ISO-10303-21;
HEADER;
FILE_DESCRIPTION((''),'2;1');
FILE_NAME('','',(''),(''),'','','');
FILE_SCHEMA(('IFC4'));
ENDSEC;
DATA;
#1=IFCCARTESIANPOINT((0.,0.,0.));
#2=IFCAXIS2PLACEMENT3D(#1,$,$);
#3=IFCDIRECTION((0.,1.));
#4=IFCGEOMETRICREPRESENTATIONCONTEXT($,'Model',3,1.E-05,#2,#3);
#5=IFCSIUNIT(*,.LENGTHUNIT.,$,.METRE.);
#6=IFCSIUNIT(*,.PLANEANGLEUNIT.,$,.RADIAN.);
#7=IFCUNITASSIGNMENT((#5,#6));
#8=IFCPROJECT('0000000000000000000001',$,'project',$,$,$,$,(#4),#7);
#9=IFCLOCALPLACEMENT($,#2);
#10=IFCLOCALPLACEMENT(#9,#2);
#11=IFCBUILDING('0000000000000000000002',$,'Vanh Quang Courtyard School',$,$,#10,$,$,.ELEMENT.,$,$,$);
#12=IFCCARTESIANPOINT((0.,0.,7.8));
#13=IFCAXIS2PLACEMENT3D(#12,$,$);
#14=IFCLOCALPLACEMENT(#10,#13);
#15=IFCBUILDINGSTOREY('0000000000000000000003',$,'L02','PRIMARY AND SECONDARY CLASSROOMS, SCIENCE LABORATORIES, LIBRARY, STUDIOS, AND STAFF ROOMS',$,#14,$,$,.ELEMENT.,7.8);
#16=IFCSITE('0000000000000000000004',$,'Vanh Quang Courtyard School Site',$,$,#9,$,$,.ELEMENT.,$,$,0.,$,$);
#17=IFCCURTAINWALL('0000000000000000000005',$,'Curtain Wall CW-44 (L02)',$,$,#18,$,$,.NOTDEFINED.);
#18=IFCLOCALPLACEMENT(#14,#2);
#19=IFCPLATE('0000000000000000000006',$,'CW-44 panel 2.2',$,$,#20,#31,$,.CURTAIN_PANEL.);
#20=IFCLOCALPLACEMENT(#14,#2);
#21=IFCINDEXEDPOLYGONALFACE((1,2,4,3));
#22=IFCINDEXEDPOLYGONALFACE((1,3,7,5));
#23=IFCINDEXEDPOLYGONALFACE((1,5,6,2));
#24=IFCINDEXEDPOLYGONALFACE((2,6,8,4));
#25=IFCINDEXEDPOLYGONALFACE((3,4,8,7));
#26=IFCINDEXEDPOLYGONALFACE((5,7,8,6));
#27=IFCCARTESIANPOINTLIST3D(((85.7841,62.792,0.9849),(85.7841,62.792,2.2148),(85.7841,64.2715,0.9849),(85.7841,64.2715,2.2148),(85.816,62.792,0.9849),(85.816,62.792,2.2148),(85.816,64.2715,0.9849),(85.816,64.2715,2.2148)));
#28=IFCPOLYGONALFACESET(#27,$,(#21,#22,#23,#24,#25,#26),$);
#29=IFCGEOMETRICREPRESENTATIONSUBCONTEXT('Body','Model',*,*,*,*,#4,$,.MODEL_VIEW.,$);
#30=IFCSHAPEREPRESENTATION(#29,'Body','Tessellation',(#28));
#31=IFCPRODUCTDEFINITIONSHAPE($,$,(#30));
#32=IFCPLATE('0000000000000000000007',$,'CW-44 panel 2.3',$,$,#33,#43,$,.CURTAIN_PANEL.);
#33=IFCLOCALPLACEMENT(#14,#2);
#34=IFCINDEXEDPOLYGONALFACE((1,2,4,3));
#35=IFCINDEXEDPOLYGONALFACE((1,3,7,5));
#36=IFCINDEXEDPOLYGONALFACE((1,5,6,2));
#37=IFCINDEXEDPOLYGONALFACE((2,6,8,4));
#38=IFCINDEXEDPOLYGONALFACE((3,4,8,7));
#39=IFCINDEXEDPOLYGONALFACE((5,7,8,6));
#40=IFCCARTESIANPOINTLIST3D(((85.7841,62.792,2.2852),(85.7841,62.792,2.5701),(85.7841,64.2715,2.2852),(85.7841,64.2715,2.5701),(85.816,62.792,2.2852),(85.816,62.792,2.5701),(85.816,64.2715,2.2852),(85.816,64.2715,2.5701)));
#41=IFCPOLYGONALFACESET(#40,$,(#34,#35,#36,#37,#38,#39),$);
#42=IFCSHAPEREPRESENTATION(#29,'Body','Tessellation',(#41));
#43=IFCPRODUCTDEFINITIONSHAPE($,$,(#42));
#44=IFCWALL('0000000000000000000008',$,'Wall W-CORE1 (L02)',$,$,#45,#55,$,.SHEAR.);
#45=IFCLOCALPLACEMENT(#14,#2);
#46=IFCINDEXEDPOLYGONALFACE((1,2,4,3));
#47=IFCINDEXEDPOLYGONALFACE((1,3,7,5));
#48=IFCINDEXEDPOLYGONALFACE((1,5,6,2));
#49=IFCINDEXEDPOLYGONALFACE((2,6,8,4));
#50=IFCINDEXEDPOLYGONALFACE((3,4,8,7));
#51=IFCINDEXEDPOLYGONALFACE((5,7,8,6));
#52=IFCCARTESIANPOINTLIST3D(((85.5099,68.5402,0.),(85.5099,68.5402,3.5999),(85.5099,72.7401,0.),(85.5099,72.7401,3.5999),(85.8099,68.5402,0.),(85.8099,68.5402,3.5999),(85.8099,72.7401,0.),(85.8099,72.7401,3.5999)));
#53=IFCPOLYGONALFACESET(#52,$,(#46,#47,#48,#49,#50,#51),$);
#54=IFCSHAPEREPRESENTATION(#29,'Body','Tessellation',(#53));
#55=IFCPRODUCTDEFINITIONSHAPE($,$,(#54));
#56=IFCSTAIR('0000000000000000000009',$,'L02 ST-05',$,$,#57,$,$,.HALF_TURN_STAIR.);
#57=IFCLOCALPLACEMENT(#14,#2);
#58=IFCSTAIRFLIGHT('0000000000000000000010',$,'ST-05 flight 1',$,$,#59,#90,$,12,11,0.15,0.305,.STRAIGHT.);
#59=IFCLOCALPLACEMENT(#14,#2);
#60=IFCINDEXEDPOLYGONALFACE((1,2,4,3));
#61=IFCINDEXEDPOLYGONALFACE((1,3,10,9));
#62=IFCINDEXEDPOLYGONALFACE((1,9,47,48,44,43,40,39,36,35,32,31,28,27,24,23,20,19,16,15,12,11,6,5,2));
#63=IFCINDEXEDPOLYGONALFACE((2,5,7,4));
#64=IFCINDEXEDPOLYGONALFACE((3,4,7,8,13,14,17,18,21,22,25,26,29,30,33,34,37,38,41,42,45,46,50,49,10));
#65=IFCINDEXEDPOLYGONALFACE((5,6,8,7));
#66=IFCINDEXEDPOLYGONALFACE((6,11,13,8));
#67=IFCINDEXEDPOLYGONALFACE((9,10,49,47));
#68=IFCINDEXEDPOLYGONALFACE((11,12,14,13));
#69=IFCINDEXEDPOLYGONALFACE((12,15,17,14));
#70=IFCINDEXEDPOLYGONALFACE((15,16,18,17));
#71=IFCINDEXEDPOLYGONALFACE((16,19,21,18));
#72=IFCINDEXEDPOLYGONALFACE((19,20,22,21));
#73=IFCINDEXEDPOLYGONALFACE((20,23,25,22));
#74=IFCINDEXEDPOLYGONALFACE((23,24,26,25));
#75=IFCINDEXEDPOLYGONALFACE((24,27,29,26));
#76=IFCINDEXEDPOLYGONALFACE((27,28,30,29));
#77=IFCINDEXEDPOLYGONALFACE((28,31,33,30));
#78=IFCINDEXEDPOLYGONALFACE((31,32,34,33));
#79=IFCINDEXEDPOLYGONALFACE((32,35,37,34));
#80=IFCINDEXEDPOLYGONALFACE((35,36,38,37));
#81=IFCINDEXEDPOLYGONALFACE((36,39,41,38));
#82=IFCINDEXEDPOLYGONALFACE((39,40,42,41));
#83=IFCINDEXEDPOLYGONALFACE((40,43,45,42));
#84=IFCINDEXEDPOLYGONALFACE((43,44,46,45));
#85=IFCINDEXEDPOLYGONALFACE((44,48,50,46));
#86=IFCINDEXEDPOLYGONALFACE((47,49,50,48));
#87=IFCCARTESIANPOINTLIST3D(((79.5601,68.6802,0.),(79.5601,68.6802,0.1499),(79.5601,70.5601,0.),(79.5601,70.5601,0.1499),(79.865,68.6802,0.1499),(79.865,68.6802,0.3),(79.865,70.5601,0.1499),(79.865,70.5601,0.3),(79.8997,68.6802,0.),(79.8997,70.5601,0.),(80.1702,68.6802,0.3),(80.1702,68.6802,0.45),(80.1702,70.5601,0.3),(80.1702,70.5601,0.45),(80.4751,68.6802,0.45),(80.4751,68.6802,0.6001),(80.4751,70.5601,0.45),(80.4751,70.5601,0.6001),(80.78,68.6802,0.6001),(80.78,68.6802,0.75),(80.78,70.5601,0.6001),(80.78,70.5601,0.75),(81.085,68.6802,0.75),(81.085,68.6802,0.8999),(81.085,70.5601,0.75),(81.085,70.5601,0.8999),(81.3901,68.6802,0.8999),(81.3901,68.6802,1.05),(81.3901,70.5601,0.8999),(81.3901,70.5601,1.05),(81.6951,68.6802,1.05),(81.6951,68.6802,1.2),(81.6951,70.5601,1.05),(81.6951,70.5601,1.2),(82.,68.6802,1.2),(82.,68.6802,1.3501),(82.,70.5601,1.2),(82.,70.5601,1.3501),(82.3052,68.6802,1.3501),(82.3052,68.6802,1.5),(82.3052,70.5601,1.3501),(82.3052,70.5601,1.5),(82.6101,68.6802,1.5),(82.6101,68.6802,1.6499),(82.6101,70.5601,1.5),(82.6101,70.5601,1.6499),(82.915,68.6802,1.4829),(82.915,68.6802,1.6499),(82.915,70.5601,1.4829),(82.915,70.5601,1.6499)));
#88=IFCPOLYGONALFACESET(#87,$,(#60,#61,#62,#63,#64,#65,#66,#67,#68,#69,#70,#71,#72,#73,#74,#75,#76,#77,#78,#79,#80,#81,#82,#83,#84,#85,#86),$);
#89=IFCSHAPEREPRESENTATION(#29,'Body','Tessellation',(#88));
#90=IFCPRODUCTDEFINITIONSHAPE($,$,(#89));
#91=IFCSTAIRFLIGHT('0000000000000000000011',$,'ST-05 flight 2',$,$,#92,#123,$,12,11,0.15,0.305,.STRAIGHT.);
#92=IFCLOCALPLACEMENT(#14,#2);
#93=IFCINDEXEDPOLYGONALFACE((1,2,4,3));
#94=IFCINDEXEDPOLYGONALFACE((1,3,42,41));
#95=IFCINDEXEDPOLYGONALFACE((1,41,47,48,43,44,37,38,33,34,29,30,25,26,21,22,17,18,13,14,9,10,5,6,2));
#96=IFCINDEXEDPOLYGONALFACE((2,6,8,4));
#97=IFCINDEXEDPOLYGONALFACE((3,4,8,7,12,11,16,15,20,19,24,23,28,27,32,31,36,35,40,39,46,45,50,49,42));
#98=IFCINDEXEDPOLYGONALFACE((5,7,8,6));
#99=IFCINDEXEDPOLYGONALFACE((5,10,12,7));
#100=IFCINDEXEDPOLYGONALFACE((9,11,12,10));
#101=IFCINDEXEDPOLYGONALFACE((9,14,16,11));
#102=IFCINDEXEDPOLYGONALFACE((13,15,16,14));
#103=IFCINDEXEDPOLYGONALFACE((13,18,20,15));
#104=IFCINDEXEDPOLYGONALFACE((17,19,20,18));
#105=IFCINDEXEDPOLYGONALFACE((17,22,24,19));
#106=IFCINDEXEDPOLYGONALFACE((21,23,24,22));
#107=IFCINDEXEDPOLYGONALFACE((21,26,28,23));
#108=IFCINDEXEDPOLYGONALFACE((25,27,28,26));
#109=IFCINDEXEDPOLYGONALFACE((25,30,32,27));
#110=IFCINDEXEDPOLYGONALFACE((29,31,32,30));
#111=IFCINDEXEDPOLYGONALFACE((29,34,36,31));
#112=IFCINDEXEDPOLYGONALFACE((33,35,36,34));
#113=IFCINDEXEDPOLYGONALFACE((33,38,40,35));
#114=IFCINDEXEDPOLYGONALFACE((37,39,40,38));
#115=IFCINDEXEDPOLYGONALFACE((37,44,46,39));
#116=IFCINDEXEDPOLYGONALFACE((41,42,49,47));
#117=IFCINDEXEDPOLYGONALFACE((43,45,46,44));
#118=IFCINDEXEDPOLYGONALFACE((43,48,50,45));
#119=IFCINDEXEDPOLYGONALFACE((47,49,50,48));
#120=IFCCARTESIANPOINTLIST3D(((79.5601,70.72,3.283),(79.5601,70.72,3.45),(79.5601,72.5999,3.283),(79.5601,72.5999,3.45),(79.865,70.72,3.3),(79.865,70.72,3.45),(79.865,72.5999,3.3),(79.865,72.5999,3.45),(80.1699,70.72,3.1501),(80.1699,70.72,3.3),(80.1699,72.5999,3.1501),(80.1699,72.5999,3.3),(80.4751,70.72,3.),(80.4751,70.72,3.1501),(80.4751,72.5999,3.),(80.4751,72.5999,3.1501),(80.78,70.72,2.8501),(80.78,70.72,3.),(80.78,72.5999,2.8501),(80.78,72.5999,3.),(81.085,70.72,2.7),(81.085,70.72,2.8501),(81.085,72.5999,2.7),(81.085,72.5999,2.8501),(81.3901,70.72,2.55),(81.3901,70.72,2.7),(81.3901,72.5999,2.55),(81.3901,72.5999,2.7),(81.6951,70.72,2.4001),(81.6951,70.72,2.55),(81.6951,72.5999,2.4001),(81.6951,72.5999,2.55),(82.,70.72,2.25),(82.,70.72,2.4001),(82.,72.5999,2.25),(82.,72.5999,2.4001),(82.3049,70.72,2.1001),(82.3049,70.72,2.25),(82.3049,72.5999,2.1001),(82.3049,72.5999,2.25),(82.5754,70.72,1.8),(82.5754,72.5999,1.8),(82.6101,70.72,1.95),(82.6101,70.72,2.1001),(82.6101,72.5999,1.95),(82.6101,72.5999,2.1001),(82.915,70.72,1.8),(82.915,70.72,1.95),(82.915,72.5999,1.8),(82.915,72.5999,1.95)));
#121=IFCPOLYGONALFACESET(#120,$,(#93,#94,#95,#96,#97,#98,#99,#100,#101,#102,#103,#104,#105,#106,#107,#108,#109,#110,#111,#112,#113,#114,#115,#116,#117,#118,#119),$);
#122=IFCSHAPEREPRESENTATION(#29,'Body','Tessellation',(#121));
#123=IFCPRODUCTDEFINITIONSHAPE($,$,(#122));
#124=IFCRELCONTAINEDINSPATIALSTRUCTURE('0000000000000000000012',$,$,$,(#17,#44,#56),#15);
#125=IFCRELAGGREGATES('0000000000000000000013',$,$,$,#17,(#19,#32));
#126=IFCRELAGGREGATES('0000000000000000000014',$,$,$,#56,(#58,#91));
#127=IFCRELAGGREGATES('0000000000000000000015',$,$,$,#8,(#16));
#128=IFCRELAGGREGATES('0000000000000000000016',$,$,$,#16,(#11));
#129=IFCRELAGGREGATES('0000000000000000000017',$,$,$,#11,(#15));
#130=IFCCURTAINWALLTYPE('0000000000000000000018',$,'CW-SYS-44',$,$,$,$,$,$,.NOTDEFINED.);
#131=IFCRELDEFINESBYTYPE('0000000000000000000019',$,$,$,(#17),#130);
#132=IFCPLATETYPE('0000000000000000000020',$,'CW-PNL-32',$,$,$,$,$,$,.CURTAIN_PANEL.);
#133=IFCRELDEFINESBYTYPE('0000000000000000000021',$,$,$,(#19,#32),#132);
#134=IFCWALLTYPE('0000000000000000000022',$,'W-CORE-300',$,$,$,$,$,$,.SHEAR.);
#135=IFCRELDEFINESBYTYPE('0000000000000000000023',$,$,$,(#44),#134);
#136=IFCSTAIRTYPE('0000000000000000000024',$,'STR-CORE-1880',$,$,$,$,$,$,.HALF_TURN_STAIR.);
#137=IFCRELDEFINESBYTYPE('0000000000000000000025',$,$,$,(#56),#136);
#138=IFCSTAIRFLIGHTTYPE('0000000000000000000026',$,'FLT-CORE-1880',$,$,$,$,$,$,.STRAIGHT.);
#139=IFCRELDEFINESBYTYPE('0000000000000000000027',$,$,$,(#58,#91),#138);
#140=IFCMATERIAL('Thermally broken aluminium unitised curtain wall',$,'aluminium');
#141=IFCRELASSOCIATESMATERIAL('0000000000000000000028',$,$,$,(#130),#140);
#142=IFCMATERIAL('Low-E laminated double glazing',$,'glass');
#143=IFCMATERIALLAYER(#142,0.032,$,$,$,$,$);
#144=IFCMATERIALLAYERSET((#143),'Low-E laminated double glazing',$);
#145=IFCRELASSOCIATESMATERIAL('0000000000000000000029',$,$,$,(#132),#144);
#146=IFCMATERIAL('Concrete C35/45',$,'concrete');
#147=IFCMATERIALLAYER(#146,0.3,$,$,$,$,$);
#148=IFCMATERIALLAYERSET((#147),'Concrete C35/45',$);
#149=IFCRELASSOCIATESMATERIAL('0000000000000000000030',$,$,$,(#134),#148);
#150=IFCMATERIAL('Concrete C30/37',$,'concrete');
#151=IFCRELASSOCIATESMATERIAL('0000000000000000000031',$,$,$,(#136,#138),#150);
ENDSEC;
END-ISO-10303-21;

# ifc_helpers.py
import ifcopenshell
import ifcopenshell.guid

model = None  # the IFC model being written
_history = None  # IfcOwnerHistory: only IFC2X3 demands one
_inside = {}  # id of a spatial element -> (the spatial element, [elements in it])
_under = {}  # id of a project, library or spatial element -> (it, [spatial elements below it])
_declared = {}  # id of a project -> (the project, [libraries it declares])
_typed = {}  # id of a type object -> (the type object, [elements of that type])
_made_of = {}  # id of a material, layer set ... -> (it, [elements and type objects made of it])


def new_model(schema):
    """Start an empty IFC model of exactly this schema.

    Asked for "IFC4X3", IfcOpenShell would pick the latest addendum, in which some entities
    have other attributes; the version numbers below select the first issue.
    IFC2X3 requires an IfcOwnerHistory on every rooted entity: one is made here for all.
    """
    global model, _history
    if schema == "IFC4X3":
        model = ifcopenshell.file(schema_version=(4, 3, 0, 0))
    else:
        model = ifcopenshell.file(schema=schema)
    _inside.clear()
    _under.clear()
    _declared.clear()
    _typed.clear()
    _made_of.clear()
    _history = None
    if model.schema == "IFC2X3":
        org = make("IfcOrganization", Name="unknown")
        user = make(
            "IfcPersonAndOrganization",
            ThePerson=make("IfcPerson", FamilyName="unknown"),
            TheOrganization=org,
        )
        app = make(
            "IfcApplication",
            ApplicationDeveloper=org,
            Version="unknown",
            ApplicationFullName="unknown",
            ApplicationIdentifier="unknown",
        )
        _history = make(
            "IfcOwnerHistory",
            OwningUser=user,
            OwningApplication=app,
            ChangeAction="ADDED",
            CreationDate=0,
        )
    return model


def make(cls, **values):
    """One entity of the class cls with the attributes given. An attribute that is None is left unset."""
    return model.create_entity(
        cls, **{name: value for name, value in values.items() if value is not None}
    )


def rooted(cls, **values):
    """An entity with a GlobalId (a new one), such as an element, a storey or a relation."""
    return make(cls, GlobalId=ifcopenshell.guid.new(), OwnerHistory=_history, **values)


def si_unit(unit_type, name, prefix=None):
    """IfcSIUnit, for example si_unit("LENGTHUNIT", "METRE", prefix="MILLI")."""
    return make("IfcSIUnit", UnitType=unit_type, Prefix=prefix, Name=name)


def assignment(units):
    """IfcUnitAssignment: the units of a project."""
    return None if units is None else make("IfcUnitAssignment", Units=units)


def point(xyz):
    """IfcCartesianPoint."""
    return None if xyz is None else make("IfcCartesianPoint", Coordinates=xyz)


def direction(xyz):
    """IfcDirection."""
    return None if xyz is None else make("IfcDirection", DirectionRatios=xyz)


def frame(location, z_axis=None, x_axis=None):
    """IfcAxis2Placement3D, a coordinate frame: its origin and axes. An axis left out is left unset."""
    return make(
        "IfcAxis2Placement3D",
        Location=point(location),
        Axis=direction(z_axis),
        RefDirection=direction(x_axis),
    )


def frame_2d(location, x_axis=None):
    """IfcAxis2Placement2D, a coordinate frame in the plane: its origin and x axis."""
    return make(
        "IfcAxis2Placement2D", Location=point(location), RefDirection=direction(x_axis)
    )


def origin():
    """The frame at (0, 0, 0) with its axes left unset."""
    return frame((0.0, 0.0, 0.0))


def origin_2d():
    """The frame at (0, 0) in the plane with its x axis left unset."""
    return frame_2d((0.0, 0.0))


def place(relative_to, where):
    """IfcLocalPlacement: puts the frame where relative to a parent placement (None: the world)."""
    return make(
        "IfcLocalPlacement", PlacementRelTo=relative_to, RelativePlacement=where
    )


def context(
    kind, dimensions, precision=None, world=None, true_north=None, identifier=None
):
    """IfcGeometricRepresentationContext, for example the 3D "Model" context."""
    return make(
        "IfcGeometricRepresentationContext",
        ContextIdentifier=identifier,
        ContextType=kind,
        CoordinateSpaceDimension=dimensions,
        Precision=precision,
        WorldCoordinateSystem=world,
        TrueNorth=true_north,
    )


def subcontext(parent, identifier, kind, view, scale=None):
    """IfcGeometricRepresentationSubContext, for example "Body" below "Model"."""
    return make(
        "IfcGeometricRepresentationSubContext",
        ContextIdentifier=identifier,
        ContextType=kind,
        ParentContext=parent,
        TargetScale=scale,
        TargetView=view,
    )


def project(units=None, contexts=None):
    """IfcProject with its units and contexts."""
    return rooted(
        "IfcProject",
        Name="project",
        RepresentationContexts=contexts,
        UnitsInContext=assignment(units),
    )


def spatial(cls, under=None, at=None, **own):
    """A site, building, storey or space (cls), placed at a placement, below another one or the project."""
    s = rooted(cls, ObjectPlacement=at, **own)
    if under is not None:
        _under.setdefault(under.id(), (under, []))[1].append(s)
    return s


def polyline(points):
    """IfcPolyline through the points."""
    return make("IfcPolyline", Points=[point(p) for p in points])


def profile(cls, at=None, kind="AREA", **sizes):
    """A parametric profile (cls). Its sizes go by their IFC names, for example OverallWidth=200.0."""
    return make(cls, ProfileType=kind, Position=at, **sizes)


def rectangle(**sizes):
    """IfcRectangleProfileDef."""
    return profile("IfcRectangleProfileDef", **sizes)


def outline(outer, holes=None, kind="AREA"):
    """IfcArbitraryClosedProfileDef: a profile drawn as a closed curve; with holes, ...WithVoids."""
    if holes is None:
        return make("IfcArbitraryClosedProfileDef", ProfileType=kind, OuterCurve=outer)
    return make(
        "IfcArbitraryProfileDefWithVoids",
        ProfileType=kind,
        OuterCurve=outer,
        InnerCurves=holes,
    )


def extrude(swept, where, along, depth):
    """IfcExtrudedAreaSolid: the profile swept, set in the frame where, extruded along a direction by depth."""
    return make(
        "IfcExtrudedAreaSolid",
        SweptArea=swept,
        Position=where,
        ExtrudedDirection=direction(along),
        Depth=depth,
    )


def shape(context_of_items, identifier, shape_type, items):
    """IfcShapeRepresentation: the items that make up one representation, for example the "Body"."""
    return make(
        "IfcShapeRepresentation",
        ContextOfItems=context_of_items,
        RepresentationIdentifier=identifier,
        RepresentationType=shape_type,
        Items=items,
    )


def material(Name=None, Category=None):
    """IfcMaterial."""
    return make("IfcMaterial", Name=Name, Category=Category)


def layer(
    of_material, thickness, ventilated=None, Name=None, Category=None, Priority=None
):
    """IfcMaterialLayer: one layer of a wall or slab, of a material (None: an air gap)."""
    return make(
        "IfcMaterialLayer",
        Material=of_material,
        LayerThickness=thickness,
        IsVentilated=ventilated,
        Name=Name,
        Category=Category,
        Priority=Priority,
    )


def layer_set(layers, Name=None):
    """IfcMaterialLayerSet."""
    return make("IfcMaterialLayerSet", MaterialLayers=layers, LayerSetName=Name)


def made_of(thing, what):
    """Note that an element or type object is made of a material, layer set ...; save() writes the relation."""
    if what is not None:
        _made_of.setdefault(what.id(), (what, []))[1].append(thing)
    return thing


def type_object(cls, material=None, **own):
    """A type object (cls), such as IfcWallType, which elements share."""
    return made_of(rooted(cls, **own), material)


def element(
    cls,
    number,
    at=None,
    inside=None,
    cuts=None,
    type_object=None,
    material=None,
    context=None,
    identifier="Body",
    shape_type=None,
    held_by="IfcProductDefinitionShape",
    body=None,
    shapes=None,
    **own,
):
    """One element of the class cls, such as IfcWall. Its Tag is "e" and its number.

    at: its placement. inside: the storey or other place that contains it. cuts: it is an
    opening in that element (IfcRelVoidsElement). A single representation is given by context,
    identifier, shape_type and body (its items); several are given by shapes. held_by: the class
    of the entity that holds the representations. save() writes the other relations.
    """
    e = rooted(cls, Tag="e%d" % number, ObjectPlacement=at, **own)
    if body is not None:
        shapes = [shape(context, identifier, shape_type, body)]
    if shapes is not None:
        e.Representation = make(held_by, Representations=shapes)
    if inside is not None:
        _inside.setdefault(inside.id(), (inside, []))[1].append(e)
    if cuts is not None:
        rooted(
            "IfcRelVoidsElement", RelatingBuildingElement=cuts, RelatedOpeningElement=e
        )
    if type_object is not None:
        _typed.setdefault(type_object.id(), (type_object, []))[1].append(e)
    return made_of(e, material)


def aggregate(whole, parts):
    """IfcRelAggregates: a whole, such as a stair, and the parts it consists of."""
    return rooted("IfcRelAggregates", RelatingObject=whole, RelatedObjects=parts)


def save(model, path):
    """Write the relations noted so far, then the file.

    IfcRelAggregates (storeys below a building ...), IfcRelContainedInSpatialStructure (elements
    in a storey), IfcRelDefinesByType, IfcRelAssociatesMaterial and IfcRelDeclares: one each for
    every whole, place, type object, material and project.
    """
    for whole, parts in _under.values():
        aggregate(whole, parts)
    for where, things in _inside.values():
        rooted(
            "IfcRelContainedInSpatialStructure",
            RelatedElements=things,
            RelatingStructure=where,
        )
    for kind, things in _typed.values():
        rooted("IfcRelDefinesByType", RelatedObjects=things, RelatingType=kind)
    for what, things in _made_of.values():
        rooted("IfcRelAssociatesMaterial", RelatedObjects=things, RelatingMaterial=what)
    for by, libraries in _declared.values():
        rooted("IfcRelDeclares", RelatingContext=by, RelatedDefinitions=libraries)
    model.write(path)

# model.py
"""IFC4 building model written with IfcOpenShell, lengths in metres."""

from ifc_helpers import new_model, si_unit, direction, frame, frame_2d, origin, origin_2d, place, context, subcontext, project, spatial, polyline, rectangle, outline, extrude, material, layer, layer_set, type_object, element, aggregate, save


model = new_model("IFC4")

# Units and contexts
model_context = context("Model", 3, precision=1e-05, world=origin(), true_north=direction((0.0, 1.0)))
body_context = subcontext(model_context, "Body", "Model", "MODEL_VIEW")
ifc_project = project(units=[si_unit("LENGTHUNIT", "METRE"), si_unit("PLANEANGLEUNIT", "RADIAN")], contexts=[model_context])

# Site, building, storey
site_placement = place(None, origin())
site = spatial("IfcSite", under=ifc_project, at=site_placement, Name="Vanh Quang Courtyard School Site", CompositionType="ELEMENT", RefElevation=0.0)
building_placement = place(site_placement, origin())
building = spatial("IfcBuilding", under=site, at=building_placement, Name="Vanh Quang Courtyard School", CompositionType="ELEMENT")
storey_placement = place(building_placement, frame((0.0, 0.0, 7.8)))
storey = spatial("IfcBuildingStorey", under=building, at=storey_placement, Name="L02", Description="PRIMARY AND SECONDARY CLASSROOMS, SCIENCE LABORATORIES, LIBRARY, STUDIOS, AND STAFF ROOMS", CompositionType="ELEMENT", Elevation=7.8)

# Curtain wall, plates
ifc_material_1 = material(Name="Thermally broken aluminium unitised curtain wall", Category="aluminium")
curtain_wall_type = type_object("IfcCurtainWallType", Name="CW-SYS-44", PredefinedType="NOTDEFINED", material=ifc_material_1)
curtain_wall_placement = place(storey_placement, origin())
curtain_wall = element("IfcCurtainWall", 1, at=curtain_wall_placement, inside=storey, type_object=curtain_wall_type, Name="Curtain Wall CW-44 (L02)", PredefinedType="NOTDEFINED")
ifc_material_2 = material(Name="Low-E laminated double glazing", Category="glass")
ifc_layer_1 = layer(ifc_material_2, 0.032)
ifc_layer_set_1 = layer_set([ifc_layer_1], Name="Low-E laminated double glazing")
plate_type = type_object("IfcPlateType", Name="CW-PNL-32", PredefinedType="CURTAIN_PANEL", material=ifc_layer_set_1)
plate_1_placement = place(storey_placement, frame((85.8, 63.5317, 0.9849), z_axis=(0.0, 0.0, 1.0), x_axis=(0.0, -1.0, 0.0)))
plate_1 = element("IfcPlate", 2, at=plate_1_placement, type_object=plate_type, Name="CW-44 panel 2.2", PredefinedType="CURTAIN_PANEL", context=body_context, shape_type="SweptSolid", body=[
    extrude(rectangle(XDim=1.4795, YDim=0.032, at=origin_2d()), origin(), (0.0, 0.0, 1.0), 1.23),
])
plate_2_placement = place(storey_placement, frame((85.8, 63.5317, 2.2852), z_axis=(0.0, 0.0, 1.0), x_axis=(0.0, -1.0, 0.0)))
plate_2 = element("IfcPlate", 3, at=plate_2_placement, type_object=plate_type, Name="CW-44 panel 2.3", PredefinedType="CURTAIN_PANEL", context=body_context, shape_type="SweptSolid", body=[
    extrude(rectangle(XDim=1.4795, YDim=0.032, at=origin_2d()), origin(), (0.0, 0.0, 1.0), 0.2849),
])
aggregate(curtain_wall, [plate_1, plate_2])

# Wall
ifc_material_3 = material(Name="Concrete C35/45", Category="concrete")
ifc_layer_2 = layer(ifc_material_3, 0.3)
ifc_layer_set_2 = layer_set([ifc_layer_2], Name="Concrete C35/45")
wall_type = type_object("IfcWallType", Name="W-CORE-300", PredefinedType="SHEAR", material=ifc_layer_set_2)
wall_1_placement = place(storey_placement, frame((85.6599, 68.54, 0.0), z_axis=(0.0, 0.0, 1.0), x_axis=(0.0, 1.0, 0.0)))
element("IfcWall", 4, at=wall_1_placement, inside=storey, type_object=wall_type, Name="Wall W-CORE1 (L02)", PredefinedType="SHEAR", context=body_context, shape_type="SweptSolid", body=[
    extrude(rectangle(XDim=4.2, YDim=0.3, at=frame_2d((2.1001, 0.0))), origin(), (0.0, 0.0, 1.0), 3.5999),
])

# Stair, stair flights
ifc_material_4 = material(Name="Concrete C30/37", Category="concrete")
stair_type = type_object("IfcStairType", Name="STR-CORE-1880", PredefinedType="HALF_TURN_STAIR", material=ifc_material_4)
stair_placement = place(storey_placement, origin())
stair = element("IfcStair", 5, at=stair_placement, inside=storey, type_object=stair_type, Name="L02 ST-05", PredefinedType="HALF_TURN_STAIR")
stair_flight_type = type_object("IfcStairFlightType", Name="FLT-CORE-1880", PredefinedType="STRAIGHT", material=ifc_material_4)
stair_flight_1_placement = place(storey_placement, frame((79.5601, 69.6201, 0.0), z_axis=(0.0, 0.0, 1.0), x_axis=(1.0, 0.0, 0.0)))
stair_flight_1 = element("IfcStairFlight", 6, at=stair_flight_1_placement, type_object=stair_flight_type, Name="ST-05 flight 1", NumberOfRisers=12, NumberOfTreads=11, PredefinedType="STRAIGHT", RiserHeight=0.15, TreadLength=0.305, context=body_context, shape_type="SweptSolid", body=[
    extrude(outline(polyline([(0.0, 0.0), (0.0, 0.1499), (0.3049, 0.1499), (0.3049, 0.3), (0.6101, 0.3), (0.6101, 0.45), (0.915, 0.45), (0.915, 0.6001), (1.22, 0.6001), (1.22, 0.75), (1.5249, 0.75), (1.5249, 0.8999), (1.8301, 0.8999), (1.8301, 1.05), (2.135, 1.05), (2.135, 1.2), (2.4399, 1.2), (2.4399, 1.3501), (2.7451, 1.3501), (2.7451, 1.5), (3.05, 1.5), (3.05, 1.6499), (3.355, 1.6499), (3.355, 1.8), (3.355, 1.4829), (0.3396, 0.0), (0.0, 0.0)])), frame((0.0, 0.9399, 0.0), z_axis=(0.0, -1.0, 0.0), x_axis=(1.0, 0.0, 0.0)), (0.0, 0.0, 1.0), 1.8799),
])
stair_flight_2_placement = place(storey_placement, frame((82.915, 71.6599, 1.8), z_axis=(0.0, 0.0, 1.0), x_axis=(-1.0, 0.0, 0.0)))
stair_flight_2 = element("IfcStairFlight", 7, at=stair_flight_2_placement, type_object=stair_flight_type, Name="ST-05 flight 2", NumberOfRisers=12, NumberOfTreads=11, PredefinedType="STRAIGHT", RiserHeight=0.15, TreadLength=0.305, context=body_context, shape_type="SweptSolid", body=[
    extrude(outline(polyline([(0.0, 0.0), (0.0, 0.1499), (0.3049, 0.1499), (0.3049, 0.3), (0.6101, 0.3), (0.6101, 0.45), (0.915, 0.45), (0.915, 0.6001), (1.22, 0.6001), (1.22, 0.75), (1.5249, 0.75), (1.5249, 0.8999), (1.8301, 0.8999), (1.8301, 1.05), (2.135, 1.05), (2.135, 1.2), (2.4399, 1.2), (2.4399, 1.3501), (2.7451, 1.3501), (2.7451, 1.5), (3.05, 1.5), (3.05, 1.6499), (3.355, 1.6499), (3.355, 1.8), (3.355, 1.4829), (0.3396, 0.0), (0.0, 0.0)])), frame((0.0, 0.9399, 0.0), z_axis=(0.0, -1.0, 0.0), x_axis=(1.0, 0.0, 0.0)), (0.0, 0.0, 1.0), 1.8799),
])
aggregate(stair, [stair_flight_1, stair_flight_2])

save(model, "model.ifc")
